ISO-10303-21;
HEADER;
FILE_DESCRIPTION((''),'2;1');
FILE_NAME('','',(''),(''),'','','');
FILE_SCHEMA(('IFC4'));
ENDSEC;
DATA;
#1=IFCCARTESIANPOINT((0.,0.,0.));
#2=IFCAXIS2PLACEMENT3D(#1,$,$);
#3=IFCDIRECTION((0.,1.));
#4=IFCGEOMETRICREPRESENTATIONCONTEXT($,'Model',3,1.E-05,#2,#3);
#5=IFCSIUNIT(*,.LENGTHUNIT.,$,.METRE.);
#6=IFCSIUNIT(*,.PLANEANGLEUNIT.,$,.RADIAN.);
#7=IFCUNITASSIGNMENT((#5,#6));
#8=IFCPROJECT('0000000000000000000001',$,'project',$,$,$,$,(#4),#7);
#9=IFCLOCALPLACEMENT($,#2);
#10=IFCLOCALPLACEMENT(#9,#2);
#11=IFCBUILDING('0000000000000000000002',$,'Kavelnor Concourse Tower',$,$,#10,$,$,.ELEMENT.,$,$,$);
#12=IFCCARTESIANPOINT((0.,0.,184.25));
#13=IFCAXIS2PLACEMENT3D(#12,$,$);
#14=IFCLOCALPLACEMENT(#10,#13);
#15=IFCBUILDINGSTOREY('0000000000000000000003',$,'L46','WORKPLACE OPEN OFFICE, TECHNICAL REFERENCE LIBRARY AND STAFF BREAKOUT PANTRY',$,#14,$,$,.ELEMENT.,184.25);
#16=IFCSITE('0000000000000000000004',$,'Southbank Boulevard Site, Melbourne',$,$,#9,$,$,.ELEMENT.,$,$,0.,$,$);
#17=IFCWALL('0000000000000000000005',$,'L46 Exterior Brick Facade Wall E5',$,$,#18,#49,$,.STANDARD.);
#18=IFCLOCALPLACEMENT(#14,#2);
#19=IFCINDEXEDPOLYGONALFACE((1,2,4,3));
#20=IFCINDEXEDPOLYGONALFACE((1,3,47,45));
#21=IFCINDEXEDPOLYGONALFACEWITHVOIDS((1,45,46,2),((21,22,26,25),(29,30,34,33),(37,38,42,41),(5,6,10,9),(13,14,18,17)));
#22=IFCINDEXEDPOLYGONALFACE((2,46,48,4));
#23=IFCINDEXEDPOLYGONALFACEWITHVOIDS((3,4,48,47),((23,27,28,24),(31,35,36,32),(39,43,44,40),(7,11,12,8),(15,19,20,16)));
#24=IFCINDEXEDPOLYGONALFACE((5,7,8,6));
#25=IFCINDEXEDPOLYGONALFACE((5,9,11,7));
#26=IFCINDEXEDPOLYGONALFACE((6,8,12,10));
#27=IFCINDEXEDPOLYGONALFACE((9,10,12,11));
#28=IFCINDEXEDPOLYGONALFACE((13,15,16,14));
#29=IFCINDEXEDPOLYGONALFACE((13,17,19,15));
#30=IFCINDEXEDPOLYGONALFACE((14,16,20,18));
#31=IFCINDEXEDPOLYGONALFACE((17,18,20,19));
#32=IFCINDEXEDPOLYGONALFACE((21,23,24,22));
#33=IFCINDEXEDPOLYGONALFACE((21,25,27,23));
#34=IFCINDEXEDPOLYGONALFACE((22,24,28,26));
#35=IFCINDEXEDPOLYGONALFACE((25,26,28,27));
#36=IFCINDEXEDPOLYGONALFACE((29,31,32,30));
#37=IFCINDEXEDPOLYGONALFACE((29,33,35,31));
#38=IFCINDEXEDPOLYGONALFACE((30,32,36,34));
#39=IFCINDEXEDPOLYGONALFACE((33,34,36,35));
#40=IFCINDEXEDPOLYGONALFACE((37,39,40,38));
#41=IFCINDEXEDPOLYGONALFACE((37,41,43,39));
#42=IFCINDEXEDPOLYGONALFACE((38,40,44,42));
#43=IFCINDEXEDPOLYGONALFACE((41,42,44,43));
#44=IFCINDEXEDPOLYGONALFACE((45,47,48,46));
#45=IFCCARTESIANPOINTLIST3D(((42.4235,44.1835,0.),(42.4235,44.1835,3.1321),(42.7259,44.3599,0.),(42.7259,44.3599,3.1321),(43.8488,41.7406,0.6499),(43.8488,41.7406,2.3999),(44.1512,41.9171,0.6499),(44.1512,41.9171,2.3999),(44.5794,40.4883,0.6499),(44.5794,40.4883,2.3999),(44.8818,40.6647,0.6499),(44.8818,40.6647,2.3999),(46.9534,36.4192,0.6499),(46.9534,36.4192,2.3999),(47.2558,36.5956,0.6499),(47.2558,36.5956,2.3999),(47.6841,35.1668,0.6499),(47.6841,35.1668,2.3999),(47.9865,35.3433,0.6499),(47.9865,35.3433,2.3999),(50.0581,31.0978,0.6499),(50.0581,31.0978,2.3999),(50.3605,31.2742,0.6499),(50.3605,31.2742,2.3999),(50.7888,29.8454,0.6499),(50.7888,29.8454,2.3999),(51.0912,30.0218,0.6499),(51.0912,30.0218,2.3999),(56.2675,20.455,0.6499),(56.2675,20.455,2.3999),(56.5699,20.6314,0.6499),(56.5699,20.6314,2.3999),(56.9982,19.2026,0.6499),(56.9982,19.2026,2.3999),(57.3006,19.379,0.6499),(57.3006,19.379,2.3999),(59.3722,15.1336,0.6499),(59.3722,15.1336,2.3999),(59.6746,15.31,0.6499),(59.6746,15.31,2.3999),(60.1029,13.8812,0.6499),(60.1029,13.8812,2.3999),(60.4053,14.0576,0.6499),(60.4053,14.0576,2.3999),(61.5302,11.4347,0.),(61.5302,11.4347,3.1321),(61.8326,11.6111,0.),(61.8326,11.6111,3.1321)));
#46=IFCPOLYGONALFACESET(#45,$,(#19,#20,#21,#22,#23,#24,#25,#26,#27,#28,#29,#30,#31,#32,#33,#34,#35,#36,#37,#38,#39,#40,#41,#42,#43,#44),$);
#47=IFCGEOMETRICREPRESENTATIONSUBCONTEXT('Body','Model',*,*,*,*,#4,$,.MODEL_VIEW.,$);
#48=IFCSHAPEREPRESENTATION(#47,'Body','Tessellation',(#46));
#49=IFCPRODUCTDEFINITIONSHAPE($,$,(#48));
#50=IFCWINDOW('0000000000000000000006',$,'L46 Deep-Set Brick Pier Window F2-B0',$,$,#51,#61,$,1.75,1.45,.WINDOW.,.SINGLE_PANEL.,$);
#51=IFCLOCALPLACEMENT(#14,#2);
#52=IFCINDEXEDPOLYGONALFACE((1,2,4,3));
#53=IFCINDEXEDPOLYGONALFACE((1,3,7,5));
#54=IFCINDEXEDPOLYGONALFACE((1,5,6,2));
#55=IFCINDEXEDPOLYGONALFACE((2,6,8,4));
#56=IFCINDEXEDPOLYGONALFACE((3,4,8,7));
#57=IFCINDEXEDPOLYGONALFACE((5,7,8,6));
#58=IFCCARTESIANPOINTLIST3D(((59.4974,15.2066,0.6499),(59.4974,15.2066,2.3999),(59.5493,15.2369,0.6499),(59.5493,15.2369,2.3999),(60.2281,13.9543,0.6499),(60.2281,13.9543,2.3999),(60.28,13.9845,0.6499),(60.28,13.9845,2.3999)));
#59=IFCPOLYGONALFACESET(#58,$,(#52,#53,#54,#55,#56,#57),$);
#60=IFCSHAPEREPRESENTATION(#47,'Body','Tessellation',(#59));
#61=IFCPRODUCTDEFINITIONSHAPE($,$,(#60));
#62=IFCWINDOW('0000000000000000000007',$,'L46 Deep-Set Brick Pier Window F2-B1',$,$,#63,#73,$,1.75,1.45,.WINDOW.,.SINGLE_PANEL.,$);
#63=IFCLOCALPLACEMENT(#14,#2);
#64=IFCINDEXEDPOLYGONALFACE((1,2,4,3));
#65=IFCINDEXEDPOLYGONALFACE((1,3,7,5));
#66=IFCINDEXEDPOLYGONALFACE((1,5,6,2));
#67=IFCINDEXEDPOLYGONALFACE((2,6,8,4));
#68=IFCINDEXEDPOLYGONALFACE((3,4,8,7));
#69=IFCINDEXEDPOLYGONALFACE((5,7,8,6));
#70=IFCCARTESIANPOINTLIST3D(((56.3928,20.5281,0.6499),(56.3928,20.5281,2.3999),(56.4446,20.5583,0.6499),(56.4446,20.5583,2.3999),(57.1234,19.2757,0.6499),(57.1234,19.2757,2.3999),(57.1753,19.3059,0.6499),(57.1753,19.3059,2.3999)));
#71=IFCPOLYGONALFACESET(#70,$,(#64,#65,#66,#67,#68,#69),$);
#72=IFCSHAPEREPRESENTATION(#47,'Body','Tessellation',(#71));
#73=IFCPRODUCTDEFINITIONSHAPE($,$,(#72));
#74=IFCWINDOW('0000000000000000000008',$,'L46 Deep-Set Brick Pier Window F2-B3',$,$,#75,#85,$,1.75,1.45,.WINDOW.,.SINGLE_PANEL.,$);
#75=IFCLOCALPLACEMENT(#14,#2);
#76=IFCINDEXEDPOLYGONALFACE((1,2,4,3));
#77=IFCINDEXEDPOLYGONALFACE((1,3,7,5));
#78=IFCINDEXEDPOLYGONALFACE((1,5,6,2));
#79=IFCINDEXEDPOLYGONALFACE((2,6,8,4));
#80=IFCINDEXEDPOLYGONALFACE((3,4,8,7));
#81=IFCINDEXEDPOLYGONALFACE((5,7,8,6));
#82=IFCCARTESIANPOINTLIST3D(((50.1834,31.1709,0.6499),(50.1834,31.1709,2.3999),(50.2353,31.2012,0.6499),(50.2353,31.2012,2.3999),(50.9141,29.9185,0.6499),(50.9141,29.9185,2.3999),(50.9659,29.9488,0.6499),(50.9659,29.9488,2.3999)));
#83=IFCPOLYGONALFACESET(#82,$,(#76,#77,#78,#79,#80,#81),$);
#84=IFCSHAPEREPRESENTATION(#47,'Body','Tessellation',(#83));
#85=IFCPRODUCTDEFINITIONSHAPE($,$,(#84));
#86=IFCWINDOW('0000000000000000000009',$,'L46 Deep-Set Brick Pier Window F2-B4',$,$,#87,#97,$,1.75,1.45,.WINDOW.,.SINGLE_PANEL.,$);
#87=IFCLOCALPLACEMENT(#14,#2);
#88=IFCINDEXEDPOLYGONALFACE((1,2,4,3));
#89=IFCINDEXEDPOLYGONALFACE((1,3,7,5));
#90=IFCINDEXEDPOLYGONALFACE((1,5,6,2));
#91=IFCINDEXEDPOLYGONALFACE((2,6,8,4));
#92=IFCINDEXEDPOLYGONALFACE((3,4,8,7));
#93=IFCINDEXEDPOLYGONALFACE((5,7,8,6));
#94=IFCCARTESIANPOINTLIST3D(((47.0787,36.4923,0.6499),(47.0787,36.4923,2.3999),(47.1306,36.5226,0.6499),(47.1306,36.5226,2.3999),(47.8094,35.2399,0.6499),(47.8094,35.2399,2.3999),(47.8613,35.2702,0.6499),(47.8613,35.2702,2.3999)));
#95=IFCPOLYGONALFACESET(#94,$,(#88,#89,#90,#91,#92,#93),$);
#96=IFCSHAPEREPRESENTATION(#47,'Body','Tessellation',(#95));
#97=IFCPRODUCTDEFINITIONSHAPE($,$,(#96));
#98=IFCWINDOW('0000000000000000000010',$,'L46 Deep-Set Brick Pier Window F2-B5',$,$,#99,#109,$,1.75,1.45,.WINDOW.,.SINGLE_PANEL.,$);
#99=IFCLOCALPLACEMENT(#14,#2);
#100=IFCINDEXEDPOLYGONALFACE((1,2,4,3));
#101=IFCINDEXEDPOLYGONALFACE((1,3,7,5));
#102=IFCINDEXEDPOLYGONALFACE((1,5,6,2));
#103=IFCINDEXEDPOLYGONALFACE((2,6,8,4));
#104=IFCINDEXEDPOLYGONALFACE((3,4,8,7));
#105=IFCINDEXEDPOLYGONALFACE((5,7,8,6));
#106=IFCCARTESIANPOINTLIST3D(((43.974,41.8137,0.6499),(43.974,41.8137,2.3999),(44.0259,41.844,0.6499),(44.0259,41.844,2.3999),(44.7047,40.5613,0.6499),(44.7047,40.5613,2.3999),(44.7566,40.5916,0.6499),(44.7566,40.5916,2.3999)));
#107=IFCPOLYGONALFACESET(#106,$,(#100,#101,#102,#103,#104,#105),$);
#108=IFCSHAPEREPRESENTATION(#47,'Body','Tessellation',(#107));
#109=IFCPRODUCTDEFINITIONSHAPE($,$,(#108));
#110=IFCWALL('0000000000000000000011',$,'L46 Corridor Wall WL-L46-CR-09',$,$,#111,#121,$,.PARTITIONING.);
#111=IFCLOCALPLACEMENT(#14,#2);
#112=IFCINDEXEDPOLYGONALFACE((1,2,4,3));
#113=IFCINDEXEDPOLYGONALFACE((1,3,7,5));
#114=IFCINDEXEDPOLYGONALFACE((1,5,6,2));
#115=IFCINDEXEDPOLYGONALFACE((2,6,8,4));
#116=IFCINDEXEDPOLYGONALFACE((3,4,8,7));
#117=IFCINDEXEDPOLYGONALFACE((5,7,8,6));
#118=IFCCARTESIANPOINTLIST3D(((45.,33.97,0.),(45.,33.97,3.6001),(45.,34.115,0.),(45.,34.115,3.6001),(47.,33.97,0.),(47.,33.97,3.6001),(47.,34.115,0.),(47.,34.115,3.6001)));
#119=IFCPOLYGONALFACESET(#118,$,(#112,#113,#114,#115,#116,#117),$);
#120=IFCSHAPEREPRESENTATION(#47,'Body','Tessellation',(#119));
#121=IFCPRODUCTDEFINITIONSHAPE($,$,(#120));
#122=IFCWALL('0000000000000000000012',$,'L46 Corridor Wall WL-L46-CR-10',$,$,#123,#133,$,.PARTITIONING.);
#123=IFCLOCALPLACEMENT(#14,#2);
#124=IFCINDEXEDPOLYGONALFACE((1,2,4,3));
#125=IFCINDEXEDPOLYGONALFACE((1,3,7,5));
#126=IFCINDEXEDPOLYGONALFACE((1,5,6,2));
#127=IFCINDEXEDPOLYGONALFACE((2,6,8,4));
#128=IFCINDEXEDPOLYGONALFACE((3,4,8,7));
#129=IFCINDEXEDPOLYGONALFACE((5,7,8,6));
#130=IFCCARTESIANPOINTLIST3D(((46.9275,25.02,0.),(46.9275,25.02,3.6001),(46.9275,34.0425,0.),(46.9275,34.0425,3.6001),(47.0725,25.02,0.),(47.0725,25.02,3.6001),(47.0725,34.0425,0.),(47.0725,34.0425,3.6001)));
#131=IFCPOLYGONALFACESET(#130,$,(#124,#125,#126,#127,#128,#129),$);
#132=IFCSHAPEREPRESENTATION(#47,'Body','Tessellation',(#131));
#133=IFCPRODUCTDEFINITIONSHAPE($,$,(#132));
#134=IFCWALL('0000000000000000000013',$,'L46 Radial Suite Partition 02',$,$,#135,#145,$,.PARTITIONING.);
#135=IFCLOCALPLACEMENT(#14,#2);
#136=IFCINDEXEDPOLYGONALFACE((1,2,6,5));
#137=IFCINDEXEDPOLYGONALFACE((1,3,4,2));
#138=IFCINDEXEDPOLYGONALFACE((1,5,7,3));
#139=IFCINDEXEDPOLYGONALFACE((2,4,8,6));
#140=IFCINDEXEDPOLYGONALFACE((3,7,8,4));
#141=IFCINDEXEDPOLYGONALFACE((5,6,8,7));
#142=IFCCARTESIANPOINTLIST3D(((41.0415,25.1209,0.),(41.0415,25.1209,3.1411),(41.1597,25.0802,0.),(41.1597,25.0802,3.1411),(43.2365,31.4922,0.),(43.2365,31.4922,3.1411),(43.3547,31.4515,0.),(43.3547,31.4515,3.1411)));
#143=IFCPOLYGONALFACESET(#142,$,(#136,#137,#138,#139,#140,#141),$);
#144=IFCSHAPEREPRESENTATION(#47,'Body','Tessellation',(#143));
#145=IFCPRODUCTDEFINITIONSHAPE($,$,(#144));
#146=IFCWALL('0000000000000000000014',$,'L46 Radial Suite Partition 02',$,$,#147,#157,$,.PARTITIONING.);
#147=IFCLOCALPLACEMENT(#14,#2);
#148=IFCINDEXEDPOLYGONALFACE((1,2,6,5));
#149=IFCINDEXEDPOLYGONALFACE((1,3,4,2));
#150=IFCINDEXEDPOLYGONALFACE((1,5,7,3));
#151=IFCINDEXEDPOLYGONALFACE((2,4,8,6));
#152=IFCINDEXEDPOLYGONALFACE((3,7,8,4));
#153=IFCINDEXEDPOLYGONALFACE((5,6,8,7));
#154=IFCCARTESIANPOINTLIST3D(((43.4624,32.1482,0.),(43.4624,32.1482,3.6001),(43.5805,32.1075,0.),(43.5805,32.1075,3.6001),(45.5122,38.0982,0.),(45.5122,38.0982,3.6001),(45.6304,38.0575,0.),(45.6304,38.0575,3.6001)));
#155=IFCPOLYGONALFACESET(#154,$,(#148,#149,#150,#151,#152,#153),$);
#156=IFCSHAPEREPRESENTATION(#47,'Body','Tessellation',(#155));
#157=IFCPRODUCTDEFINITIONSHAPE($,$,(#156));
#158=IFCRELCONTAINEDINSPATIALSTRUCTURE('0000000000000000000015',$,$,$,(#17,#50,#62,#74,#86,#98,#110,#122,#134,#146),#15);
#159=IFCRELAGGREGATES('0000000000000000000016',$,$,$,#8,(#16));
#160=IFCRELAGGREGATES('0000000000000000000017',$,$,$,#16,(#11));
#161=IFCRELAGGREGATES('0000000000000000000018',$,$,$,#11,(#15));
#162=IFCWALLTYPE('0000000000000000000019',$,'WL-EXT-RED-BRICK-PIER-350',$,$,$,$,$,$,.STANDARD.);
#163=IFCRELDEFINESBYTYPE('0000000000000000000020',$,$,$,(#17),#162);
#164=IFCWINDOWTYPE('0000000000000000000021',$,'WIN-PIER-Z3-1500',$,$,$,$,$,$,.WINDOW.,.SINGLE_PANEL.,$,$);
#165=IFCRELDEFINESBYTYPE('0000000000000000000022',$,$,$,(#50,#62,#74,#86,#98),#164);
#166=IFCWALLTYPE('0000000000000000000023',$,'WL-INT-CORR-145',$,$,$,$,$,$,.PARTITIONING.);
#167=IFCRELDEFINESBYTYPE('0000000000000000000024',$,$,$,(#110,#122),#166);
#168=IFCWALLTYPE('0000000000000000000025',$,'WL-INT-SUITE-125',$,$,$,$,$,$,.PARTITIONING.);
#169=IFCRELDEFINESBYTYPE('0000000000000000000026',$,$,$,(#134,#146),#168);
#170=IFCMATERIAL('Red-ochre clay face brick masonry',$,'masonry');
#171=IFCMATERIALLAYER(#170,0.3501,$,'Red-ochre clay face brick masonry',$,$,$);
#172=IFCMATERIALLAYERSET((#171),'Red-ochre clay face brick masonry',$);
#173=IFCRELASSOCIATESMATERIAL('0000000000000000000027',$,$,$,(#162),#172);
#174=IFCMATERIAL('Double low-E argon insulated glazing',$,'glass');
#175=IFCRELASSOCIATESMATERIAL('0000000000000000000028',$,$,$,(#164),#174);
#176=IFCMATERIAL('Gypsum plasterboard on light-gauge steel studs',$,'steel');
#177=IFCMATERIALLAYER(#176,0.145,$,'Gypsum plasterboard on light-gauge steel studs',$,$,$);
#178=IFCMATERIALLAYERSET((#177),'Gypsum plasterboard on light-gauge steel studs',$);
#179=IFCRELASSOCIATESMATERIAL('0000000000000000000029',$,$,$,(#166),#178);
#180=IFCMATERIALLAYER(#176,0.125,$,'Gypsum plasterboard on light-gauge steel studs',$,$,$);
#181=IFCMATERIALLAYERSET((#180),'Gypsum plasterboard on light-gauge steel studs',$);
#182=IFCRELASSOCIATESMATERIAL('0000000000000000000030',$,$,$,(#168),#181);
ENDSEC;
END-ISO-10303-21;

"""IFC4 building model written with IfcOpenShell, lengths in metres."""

from ifc_helpers import new_model, si_unit, direction, frame, frame_2d, origin, place, context, subcontext, project, spatial, rectangle, extrude, material, layer, layer_set, type_object, element, fill, save


model = new_model("IFC4")

# Units and contexts
model_context = context("Model", 3, precision=1e-05, world=origin(), true_north=direction((0.0, 1.0)))
body_context = subcontext(model_context, "Body", "Model", "MODEL_VIEW")
ifc_project = project(units=[si_unit("LENGTHUNIT", "METRE"), si_unit("PLANEANGLEUNIT", "RADIAN")], contexts=[model_context])

# Site, building, storey
site_placement = place(None, origin())
site = spatial("IfcSite", under=ifc_project, at=site_placement, Name="Southbank Boulevard Site, Melbourne", CompositionType="ELEMENT", RefElevation=0.0)
building_placement = place(site_placement, origin())
building = spatial("IfcBuilding", under=site, at=building_placement, Name="Kavelnor Concourse Tower", CompositionType="ELEMENT")
storey_placement = place(building_placement, frame((0.0, 0.0, 184.25)))
storey = spatial("IfcBuildingStorey", under=building, at=storey_placement, Name="L46", Description="WORKPLACE OPEN OFFICE, TECHNICAL REFERENCE LIBRARY AND STAFF BREAKOUT PANTRY", CompositionType="ELEMENT", Elevation=184.25)

# Wall, openings, windows
ifc_material_1 = material(Name="Red-ochre clay face brick masonry", Category="masonry")
ifc_layer_1 = layer(ifc_material_1, 0.3501, Name="Red-ochre clay face brick masonry")
ifc_layer_set_1 = layer_set([ifc_layer_1], Name="Red-ochre clay face brick masonry")
wall_type_1 = type_object("IfcWallType", Name="WL-EXT-RED-BRICK-PIER-350", PredefinedType="STANDARD", material=ifc_layer_set_1)
wall_1_placement = place(storey_placement, frame((42.5747, 44.2717, 0.0), z_axis=(0.0, 0.0, 1.0), x_axis=(0.503935, -0.863742, 0.0)))
wall_1 = element("IfcWall", 1, at=wall_1_placement, inside=storey, type_object=wall_type_1, Name="L46 Exterior Brick Facade Wall E5", PredefinedType="STANDARD", context=body_context, shape_type="SweptSolid", body=[
    extrude(rectangle(XDim=37.915, YDim=0.3501, at=frame_2d((18.9575, 0.0))), origin(), (0.0, 0.0, 1.0), 3.1321),
])
opening_1_placement = place(wall_1_placement, frame((33.6326, 0.0, 0.6499)))
opening_1 = element("IfcOpeningElement", 2, at=opening_1_placement, cuts=wall_1, PredefinedType="OPENING", context=body_context, shape_type="SweptSolid", body=[
    extrude(rectangle(XDim=1.45, YDim=1.75, at=frame_2d((0.7251, 0.875))), frame((0.0, 0.1851, 0.0), z_axis=(0.0, -1.0, 0.0), x_axis=(1.0, 0.0, 0.0)), (0.0, 0.0, 1.0), 0.3701),
])
opening_2_placement = place(wall_1_placement, frame((27.4717, 0.0, 0.6499)))
opening_2 = element("IfcOpeningElement", 3, at=opening_2_placement, cuts=wall_1, PredefinedType="OPENING", context=body_context, shape_type="SweptSolid", body=[
    extrude(rectangle(XDim=1.45, YDim=1.75, at=frame_2d((0.7251, 0.875))), frame((0.0, 0.1851, 0.0), z_axis=(0.0, -1.0, 0.0), x_axis=(1.0, 0.0, 0.0)), (0.0, 0.0, 1.0), 0.3701),
])
opening_3_placement = place(wall_1_placement, frame((15.1499, 0.0, 0.6499)))
opening_3 = element("IfcOpeningElement", 4, at=opening_3_placement, cuts=wall_1, PredefinedType="OPENING", context=body_context, shape_type="SweptSolid", body=[
    extrude(rectangle(XDim=1.45, YDim=1.75, at=frame_2d((0.7251, 0.875))), frame((0.0, 0.1851, 0.0), z_axis=(0.0, -1.0, 0.0), x_axis=(1.0, 0.0, 0.0)), (0.0, 0.0, 1.0), 0.3701),
])
opening_4_placement = place(wall_1_placement, frame((8.989, 0.0, 0.6499)))
opening_4 = element("IfcOpeningElement", 5, at=opening_4_placement, cuts=wall_1, PredefinedType="OPENING", context=body_context, shape_type="SweptSolid", body=[
    extrude(rectangle(XDim=1.45, YDim=1.75, at=frame_2d((0.7251, 0.875))), frame((0.0, 0.1851, 0.0), z_axis=(0.0, -1.0, 0.0), x_axis=(1.0, 0.0, 0.0)), (0.0, 0.0, 1.0), 0.3701),
])
opening_5_placement = place(wall_1_placement, frame((2.8281, 0.0, 0.6499)))
opening_5 = element("IfcOpeningElement", 6, at=opening_5_placement, cuts=wall_1, PredefinedType="OPENING", context=body_context, shape_type="SweptSolid", body=[
    extrude(rectangle(XDim=1.45, YDim=1.75, at=frame_2d((0.7251, 0.875))), frame((0.0, 0.1851, 0.0), z_axis=(0.0, -1.0, 0.0), x_axis=(1.0, 0.0, 0.0)), (0.0, 0.0, 1.0), 0.3701),
])
ifc_material_2 = material(Name="Double low-E argon insulated glazing", Category="glass")
window_type = type_object("IfcWindowType", Name="WIN-PIER-Z3-1500", PartitioningType="SINGLE_PANEL", PredefinedType="WINDOW", material=ifc_material_2)
window_1_placement = place(opening_1_placement, origin())
window_1 = element("IfcWindow", 7, at=window_1_placement, inside=storey, type_object=window_type, Name="L46 Deep-Set Brick Pier Window F2-B0", OverallHeight=1.75, OverallWidth=1.45, PartitioningType="SINGLE_PANEL", PredefinedType="WINDOW", context=body_context, shape_type="SweptSolid", body=[
    extrude(rectangle(XDim=1.45, YDim=1.75, at=frame_2d((0.7251, 0.875))), frame((0.0, 0.03, 0.0), z_axis=(0.0, -1.0, 0.0), x_axis=(1.0, 0.0, 0.0)), (0.0, 0.0, 1.0), 0.0601),
])
fill(opening_1, window_1)
window_2_placement = place(opening_2_placement, origin())
window_2 = element("IfcWindow", 8, at=window_2_placement, inside=storey, type_object=window_type, Name="L46 Deep-Set Brick Pier Window F2-B1", OverallHeight=1.75, OverallWidth=1.45, PartitioningType="SINGLE_PANEL", PredefinedType="WINDOW", context=body_context, shape_type="SweptSolid", body=[
    extrude(rectangle(XDim=1.45, YDim=1.75, at=frame_2d((0.7251, 0.875))), frame((0.0, 0.03, 0.0), z_axis=(0.0, -1.0, 0.0), x_axis=(1.0, 0.0, 0.0)), (0.0, 0.0, 1.0), 0.0601),
])
fill(opening_2, window_2)
window_3_placement = place(opening_3_placement, origin())
window_3 = element("IfcWindow", 9, at=window_3_placement, inside=storey, type_object=window_type, Name="L46 Deep-Set Brick Pier Window F2-B3", OverallHeight=1.75, OverallWidth=1.45, PartitioningType="SINGLE_PANEL", PredefinedType="WINDOW", context=body_context, shape_type="SweptSolid", body=[
    extrude(rectangle(XDim=1.45, YDim=1.75, at=frame_2d((0.7251, 0.875))), frame((0.0, 0.03, 0.0), z_axis=(0.0, -1.0, 0.0), x_axis=(1.0, 0.0, 0.0)), (0.0, 0.0, 1.0), 0.0601),
])
fill(opening_3, window_3)
window_4_placement = place(opening_4_placement, origin())
window_4 = element("IfcWindow", 10, at=window_4_placement, inside=storey, type_object=window_type, Name="L46 Deep-Set Brick Pier Window F2-B4", OverallHeight=1.75, OverallWidth=1.45, PartitioningType="SINGLE_PANEL", PredefinedType="WINDOW", context=body_context, shape_type="SweptSolid", body=[
    extrude(rectangle(XDim=1.45, YDim=1.75, at=frame_2d((0.7251, 0.875))), frame((0.0, 0.03, 0.0), z_axis=(0.0, -1.0, 0.0), x_axis=(1.0, 0.0, 0.0)), (0.0, 0.0, 1.0), 0.0601),
])
fill(opening_4, window_4)
window_5_placement = place(opening_5_placement, origin())
window_5 = element("IfcWindow", 11, at=window_5_placement, inside=storey, type_object=window_type, Name="L46 Deep-Set Brick Pier Window F2-B5", OverallHeight=1.75, OverallWidth=1.45, PartitioningType="SINGLE_PANEL", PredefinedType="WINDOW", context=body_context, shape_type="SweptSolid", body=[
    extrude(rectangle(XDim=1.45, YDim=1.75, at=frame_2d((0.7251, 0.875))), frame((0.0, 0.03, 0.0), z_axis=(0.0, -1.0, 0.0), x_axis=(1.0, 0.0, 0.0)), (0.0, 0.0, 1.0), 0.0601),
])
fill(opening_5, window_5)

# Walls
ifc_material_3 = material(Name="Gypsum plasterboard on light-gauge steel studs", Category="steel")
ifc_layer_2 = layer(ifc_material_3, 0.145, Name="Gypsum plasterboard on light-gauge steel studs")
ifc_layer_set_2 = layer_set([ifc_layer_2], Name="Gypsum plasterboard on light-gauge steel studs")
wall_type_2 = type_object("IfcWallType", Name="WL-INT-CORR-145", PredefinedType="PARTITIONING", material=ifc_layer_set_2)
wall_2_placement = place(storey_placement, frame((45.0, 34.0425, 0.0), z_axis=(0.0, 0.0, 1.0), x_axis=(1.0, 0.0, 0.0)))
element("IfcWall", 12, at=wall_2_placement, inside=storey, type_object=wall_type_2, Name="L46 Corridor Wall WL-L46-CR-09", PredefinedType="PARTITIONING", context=body_context, shape_type="SweptSolid", body=[
    extrude(rectangle(XDim=2.0, YDim=0.145, at=frame_2d((1.0, 0.0))), origin(), (0.0, 0.0, 1.0), 3.6001),
])
wall_3_placement = place(storey_placement, frame((47.0, 34.0425, 0.0), z_axis=(0.0, 0.0, 1.0), x_axis=(0.0, -1.0, 0.0)))
element("IfcWall", 13, at=wall_3_placement, inside=storey, type_object=wall_type_2, Name="L46 Corridor Wall WL-L46-CR-10", PredefinedType="PARTITIONING", context=body_context, shape_type="SweptSolid", body=[
    extrude(rectangle(XDim=9.0225, YDim=0.145, at=frame_2d((4.5112, 0.0))), origin(), (0.0, 0.0, 1.0), 3.6001),
])
ifc_layer_3 = layer(ifc_material_3, 0.125, Name="Gypsum plasterboard on light-gauge steel studs")
ifc_layer_set_3 = layer_set([ifc_layer_3], Name="Gypsum plasterboard on light-gauge steel studs")
wall_type_3 = type_object("IfcWallType", Name="WL-INT-SUITE-125", PredefinedType="PARTITIONING", material=ifc_layer_set_3)
wall_4_placement = place(storey_placement, frame((41.1006, 25.1006, 0.0), z_axis=(0.0, 0.0, 1.0), x_axis=(0.325733, 0.945462, 0.0)))
element("IfcWall", 14, at=wall_4_placement, inside=storey, type_object=wall_type_3, Name="L46 Radial Suite Partition 02", PredefinedType="PARTITIONING", context=body_context, shape_type="SweptSolid", body=[
    extrude(rectangle(XDim=6.7388, YDim=0.125, at=frame_2d((3.3694, 0.0))), origin(), (0.0, 0.0, 1.0), 3.1411),
])
wall_5_placement = place(storey_placement, frame((43.5215, 32.1279, 0.0), z_axis=(0.0, 0.0, 1.0), x_axis=(0.32572, 0.945466, 0.0)))
element("IfcWall", 15, at=wall_5_placement, inside=storey, type_object=wall_type_3, Name="L46 Radial Suite Partition 02", PredefinedType="PARTITIONING", context=body_context, shape_type="SweptSolid", body=[
    extrude(rectangle(XDim=6.2932, YDim=0.125, at=frame_2d((3.1465, 0.0))), origin(), (0.0, 0.0, 1.0), 3.6001),
])

save(model, "model.ifc")
